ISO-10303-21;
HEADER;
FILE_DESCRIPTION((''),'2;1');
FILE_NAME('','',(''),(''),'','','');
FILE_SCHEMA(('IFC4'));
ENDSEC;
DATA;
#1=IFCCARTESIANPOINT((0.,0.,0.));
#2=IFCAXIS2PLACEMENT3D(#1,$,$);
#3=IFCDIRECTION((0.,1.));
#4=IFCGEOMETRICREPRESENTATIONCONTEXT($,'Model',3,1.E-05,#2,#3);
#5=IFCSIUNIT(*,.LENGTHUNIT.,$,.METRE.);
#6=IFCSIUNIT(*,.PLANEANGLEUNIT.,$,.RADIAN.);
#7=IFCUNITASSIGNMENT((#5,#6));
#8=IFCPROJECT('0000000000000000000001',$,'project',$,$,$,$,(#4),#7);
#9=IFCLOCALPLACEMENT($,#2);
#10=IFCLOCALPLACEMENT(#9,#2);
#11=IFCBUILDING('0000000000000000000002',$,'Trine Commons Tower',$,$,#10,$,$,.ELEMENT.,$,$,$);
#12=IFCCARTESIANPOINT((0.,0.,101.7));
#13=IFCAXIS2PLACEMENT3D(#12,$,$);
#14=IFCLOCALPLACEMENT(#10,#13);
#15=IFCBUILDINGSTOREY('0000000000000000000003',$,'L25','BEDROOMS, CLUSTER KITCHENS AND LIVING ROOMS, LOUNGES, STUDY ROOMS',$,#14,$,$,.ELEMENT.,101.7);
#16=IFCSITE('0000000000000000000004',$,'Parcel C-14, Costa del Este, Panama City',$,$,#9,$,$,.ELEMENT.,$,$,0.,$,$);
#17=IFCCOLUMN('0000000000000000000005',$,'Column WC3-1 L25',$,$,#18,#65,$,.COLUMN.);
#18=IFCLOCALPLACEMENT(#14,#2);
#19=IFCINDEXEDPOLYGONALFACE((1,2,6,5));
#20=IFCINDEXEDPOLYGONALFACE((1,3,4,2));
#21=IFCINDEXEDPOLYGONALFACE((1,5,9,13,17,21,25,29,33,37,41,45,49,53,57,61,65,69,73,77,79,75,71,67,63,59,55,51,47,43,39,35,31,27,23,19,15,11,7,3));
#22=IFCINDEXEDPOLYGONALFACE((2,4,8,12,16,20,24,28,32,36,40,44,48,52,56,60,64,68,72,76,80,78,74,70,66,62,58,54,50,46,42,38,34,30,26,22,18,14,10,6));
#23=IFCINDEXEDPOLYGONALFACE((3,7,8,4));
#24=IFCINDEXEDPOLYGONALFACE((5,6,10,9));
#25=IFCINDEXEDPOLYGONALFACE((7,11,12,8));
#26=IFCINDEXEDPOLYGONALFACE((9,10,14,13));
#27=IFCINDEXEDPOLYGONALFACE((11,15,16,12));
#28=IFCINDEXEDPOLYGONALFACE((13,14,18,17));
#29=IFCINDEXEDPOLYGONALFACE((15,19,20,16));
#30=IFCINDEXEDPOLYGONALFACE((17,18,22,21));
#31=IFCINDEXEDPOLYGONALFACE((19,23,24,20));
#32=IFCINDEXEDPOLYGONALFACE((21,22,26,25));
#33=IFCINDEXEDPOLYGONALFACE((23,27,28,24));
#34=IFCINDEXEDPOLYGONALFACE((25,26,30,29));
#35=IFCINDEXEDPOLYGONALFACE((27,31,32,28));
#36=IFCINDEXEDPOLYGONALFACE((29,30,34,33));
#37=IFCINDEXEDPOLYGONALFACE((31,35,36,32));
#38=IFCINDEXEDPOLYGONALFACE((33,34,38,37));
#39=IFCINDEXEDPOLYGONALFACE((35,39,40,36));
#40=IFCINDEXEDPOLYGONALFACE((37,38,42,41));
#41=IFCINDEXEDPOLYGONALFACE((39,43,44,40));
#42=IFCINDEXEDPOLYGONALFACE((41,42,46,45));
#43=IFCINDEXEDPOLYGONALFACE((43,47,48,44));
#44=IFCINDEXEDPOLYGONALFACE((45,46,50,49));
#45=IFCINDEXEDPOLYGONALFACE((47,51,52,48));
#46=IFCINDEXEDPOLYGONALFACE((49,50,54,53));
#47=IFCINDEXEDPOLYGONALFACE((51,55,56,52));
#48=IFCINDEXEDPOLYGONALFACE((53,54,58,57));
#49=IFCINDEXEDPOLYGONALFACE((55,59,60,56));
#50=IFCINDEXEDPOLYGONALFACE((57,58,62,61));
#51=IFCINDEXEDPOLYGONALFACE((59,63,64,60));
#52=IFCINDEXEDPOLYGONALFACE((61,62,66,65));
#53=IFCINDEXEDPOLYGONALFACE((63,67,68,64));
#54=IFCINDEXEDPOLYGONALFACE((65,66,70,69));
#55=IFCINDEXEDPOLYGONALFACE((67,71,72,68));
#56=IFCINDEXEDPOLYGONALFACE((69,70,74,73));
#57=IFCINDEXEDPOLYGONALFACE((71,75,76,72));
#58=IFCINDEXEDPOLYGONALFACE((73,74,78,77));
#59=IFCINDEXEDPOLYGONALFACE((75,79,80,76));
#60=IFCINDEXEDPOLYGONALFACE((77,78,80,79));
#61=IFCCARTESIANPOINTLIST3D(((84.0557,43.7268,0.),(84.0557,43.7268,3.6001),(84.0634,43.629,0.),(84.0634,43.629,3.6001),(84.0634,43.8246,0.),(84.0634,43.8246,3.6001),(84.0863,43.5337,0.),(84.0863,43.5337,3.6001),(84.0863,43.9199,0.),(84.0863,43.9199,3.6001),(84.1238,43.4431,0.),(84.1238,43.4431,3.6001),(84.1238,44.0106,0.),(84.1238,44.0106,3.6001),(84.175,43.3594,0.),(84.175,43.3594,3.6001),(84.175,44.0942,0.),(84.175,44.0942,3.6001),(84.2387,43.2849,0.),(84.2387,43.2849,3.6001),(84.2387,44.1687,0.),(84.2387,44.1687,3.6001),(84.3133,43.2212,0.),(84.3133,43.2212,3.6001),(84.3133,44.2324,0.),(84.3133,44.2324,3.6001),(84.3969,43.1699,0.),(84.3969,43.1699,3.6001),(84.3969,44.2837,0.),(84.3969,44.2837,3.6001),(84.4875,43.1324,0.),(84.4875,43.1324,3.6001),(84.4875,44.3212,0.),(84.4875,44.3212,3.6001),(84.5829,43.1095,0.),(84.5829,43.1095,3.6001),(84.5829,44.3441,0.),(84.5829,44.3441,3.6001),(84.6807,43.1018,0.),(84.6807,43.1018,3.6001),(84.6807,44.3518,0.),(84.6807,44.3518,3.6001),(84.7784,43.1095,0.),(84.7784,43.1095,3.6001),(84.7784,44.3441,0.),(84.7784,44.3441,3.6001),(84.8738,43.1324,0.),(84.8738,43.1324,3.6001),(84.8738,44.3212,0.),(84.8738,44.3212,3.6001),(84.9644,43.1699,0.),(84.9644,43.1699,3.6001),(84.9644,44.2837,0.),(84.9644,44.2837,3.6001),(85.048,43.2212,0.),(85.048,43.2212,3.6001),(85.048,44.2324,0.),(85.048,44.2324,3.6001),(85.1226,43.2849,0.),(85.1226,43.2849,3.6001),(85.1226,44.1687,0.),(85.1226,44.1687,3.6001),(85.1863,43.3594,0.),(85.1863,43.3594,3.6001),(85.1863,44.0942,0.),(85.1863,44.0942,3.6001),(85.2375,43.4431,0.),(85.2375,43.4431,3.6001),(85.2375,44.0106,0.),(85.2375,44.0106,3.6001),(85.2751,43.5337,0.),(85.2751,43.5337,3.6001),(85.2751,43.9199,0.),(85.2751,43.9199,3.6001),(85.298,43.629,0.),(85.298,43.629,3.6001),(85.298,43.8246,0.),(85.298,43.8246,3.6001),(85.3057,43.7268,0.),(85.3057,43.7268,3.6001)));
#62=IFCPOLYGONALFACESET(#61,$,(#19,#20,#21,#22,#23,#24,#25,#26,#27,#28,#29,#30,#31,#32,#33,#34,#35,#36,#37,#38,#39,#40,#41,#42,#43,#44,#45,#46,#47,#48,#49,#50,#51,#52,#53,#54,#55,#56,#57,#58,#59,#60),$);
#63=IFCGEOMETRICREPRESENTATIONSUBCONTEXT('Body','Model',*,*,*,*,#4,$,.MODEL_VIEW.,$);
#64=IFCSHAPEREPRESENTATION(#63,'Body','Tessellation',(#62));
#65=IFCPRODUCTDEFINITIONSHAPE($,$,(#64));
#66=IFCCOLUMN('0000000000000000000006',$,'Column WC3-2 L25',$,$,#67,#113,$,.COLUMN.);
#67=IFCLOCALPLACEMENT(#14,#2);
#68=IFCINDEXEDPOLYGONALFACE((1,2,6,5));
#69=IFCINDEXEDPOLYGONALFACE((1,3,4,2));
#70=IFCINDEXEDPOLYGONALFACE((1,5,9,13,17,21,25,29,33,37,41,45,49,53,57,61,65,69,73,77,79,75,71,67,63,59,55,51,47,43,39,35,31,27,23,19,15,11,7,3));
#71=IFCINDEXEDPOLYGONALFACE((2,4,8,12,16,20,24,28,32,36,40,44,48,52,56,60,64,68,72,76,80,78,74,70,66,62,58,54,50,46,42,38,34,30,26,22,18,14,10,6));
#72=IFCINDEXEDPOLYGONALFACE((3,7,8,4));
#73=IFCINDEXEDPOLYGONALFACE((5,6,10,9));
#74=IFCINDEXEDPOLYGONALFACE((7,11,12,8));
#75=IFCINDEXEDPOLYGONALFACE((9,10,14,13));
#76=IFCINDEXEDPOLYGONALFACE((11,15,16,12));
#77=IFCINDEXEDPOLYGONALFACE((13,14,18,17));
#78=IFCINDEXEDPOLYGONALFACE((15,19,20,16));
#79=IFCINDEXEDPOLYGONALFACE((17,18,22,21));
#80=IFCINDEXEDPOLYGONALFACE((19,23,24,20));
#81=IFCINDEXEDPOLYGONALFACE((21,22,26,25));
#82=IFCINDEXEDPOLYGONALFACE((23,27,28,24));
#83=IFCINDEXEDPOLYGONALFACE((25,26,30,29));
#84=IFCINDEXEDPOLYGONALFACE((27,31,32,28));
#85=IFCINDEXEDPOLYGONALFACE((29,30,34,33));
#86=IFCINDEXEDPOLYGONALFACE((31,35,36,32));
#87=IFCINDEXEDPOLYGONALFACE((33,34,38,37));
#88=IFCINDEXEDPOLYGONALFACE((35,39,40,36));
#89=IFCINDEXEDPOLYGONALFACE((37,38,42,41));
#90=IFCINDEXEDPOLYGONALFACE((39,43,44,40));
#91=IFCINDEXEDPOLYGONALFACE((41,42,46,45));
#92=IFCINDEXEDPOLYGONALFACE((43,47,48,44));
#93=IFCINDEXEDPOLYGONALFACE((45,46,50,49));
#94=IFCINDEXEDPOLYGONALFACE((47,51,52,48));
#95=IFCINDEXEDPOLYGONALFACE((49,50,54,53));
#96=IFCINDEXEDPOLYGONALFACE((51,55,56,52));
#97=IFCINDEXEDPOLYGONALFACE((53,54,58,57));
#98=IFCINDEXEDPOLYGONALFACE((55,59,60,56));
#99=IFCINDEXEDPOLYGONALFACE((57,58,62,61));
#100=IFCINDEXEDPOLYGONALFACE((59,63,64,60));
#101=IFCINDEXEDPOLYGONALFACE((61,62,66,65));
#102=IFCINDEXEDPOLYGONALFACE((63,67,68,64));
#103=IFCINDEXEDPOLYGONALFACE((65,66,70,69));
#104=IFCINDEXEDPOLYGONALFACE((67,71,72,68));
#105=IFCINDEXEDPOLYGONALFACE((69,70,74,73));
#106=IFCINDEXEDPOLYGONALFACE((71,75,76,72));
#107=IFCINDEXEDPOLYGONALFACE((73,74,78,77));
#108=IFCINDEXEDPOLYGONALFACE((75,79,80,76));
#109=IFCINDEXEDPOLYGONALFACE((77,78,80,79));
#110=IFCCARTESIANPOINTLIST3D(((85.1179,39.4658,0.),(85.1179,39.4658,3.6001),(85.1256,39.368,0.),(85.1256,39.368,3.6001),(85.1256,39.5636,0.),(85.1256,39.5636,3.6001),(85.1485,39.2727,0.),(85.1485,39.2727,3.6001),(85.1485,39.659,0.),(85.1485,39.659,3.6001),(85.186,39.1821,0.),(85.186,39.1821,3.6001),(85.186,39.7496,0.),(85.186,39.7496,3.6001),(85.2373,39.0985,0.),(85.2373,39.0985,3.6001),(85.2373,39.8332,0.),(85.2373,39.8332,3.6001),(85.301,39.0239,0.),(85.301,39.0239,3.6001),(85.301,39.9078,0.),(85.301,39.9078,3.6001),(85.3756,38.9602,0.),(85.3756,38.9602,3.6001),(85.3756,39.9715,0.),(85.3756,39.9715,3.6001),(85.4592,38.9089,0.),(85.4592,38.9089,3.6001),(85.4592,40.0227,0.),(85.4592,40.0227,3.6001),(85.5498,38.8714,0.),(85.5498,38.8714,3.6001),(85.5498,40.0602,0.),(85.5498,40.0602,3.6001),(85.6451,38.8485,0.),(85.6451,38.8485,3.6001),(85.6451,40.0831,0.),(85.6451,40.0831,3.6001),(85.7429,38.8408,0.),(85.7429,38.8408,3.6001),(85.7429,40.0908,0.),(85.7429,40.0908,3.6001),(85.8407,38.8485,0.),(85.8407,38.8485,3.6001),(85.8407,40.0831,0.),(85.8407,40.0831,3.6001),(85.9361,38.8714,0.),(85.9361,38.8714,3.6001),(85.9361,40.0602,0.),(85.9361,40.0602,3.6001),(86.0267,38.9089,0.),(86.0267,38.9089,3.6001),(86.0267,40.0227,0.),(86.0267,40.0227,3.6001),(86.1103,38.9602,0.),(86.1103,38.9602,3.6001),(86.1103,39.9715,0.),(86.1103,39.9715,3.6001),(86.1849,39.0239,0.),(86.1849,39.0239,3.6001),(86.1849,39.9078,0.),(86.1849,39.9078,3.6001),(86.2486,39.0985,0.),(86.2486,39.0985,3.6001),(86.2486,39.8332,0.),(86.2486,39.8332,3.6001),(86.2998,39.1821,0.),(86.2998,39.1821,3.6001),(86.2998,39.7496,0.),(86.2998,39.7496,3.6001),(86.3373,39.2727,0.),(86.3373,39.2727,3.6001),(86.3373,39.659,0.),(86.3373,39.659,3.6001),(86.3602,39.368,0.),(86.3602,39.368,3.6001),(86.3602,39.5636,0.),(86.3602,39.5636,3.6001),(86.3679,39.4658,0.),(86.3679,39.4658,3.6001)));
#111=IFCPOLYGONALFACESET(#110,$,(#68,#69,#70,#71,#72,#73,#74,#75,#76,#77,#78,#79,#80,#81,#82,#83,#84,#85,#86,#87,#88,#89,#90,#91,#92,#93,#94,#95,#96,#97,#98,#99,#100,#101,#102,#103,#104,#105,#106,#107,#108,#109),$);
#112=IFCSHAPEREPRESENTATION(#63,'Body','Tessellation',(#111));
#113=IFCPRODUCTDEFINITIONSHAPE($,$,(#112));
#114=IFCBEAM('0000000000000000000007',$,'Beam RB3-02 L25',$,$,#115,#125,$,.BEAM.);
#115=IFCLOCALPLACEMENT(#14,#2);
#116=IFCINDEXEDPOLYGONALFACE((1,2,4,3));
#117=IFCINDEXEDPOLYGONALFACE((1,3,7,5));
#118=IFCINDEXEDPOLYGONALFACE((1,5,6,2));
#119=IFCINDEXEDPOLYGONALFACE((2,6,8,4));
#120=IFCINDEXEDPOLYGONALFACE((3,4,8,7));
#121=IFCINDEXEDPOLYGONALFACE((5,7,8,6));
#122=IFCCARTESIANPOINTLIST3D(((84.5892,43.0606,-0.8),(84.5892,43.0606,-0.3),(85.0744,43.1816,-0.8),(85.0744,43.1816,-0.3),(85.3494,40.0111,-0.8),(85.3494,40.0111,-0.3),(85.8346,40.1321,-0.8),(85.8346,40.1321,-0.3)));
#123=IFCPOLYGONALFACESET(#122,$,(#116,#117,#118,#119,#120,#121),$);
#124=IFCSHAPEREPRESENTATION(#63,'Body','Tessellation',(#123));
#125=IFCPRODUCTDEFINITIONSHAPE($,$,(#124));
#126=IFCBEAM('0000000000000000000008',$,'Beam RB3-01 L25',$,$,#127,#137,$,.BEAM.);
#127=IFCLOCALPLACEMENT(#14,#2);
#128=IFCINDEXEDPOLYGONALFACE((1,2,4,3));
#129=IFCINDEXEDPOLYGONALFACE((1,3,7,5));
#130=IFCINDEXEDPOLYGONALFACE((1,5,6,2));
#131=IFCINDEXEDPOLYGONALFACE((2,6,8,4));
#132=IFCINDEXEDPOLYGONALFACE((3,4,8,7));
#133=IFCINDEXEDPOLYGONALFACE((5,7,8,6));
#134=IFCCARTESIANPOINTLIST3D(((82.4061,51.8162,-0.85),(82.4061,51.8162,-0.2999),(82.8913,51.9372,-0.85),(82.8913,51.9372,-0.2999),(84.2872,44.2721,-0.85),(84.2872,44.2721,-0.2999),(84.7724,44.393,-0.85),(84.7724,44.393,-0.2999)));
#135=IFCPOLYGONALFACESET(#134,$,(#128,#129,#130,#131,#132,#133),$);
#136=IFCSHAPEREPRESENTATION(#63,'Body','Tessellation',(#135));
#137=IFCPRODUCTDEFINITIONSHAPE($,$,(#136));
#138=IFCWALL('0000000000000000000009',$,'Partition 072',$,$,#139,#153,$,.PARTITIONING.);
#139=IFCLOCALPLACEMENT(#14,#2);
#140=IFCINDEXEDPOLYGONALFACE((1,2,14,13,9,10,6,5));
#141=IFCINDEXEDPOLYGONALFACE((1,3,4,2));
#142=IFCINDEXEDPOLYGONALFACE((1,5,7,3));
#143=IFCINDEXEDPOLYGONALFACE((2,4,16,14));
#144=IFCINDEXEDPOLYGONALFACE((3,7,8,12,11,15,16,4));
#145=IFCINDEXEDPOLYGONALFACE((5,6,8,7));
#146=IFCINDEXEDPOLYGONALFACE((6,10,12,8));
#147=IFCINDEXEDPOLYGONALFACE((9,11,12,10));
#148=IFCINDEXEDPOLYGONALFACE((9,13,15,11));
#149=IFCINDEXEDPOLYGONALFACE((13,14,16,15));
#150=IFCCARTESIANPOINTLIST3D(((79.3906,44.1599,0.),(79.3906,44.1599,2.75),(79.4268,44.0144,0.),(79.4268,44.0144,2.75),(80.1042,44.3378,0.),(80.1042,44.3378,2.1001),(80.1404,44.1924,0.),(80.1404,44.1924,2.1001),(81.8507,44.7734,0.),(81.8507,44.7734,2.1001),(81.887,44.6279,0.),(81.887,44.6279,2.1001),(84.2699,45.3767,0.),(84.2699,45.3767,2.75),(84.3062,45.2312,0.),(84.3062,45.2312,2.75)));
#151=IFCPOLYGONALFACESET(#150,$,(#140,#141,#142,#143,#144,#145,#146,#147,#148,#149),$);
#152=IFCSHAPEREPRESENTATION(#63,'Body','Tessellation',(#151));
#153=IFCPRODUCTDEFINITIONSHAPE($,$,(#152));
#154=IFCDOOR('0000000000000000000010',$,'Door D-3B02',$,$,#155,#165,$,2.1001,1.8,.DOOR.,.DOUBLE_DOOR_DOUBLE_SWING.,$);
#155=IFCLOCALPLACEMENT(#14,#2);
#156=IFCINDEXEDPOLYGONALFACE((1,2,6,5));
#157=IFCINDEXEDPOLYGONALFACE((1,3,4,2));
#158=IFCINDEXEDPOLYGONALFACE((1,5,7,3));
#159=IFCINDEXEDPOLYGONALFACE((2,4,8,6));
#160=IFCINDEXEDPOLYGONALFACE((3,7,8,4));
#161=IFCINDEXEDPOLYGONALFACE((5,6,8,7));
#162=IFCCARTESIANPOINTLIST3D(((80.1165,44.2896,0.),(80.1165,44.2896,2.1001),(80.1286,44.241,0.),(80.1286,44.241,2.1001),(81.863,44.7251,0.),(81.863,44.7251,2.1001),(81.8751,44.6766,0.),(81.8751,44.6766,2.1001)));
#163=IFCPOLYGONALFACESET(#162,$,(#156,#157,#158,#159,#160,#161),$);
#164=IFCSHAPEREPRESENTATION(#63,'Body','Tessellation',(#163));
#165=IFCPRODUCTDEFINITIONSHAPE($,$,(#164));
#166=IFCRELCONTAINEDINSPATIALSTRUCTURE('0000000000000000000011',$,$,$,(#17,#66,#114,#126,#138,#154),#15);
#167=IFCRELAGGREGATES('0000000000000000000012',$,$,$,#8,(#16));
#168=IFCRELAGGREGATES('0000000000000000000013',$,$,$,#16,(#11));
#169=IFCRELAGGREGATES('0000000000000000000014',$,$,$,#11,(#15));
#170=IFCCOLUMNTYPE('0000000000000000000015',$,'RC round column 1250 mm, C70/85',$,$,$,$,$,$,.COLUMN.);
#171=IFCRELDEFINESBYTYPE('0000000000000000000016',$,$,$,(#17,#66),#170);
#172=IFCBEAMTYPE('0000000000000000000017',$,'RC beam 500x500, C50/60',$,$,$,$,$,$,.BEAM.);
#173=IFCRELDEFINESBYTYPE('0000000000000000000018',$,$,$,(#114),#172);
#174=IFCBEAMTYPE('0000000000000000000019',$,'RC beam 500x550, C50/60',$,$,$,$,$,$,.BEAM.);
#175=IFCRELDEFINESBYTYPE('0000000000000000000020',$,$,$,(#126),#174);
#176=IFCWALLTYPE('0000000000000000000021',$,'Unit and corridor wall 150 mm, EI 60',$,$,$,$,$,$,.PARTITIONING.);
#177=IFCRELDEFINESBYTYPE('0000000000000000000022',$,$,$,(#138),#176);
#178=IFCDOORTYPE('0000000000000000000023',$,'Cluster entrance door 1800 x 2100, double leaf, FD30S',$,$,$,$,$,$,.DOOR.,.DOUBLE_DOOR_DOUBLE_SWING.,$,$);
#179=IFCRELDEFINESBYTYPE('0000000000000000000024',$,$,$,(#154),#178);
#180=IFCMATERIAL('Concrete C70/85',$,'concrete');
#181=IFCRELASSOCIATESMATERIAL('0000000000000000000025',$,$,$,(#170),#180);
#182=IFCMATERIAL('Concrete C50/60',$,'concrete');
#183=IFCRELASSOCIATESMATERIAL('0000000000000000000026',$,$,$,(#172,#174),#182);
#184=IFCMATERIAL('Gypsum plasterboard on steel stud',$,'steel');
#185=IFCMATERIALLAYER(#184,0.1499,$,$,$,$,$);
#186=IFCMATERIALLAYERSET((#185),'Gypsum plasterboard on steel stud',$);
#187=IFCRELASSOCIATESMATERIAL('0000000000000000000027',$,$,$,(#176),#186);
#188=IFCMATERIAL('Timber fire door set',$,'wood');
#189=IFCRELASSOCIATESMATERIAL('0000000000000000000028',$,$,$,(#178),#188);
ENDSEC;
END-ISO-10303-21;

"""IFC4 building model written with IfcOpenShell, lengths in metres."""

from ifc_helpers import new_model, si_unit, direction, frame, frame_2d, origin, origin_2d, place, context, subcontext, project, spatial, rectangle, circle, extrude, material, layer, layer_set, material_profile, profile_set, type_object, element, fill, save


model = new_model("IFC4")

# Units and contexts
model_context = context("Model", 3, precision=1e-05, world=origin(), true_north=direction((0.0, 1.0)))
body_context = subcontext(model_context, "Body", "Model", "MODEL_VIEW")
ifc_project = project(units=[si_unit("LENGTHUNIT", "METRE"), si_unit("PLANEANGLEUNIT", "RADIAN")], contexts=[model_context])

# Site, building, storey
site_placement = place(None, origin())
site = spatial("IfcSite", under=ifc_project, at=site_placement, Name="Parcel C-14, Costa del Este, Panama City", CompositionType="ELEMENT", RefElevation=0.0)
building_placement = place(site_placement, origin())
building = spatial("IfcBuilding", under=site, at=building_placement, Name="Trine Commons Tower", CompositionType="ELEMENT")
storey_placement = place(building_placement, frame((0.0, 0.0, 101.7)))
storey = spatial("IfcBuildingStorey", under=building, at=storey_placement, Name="L25", Description="BEDROOMS, CLUSTER KITCHENS AND LIVING ROOMS, LOUNGES, STUDY ROOMS", CompositionType="ELEMENT", Elevation=101.7)

# Columns
ifc_material_1 = material(Name="Concrete C70/85", Category="concrete")
ifc_material_profile_1 = material_profile(ifc_material_1, circle(Radius=0.625, at=origin_2d()), Name="RC round 1250")
ifc_profile_set_1 = profile_set([ifc_material_profile_1], Name="Concrete C70/85")
column_type = type_object("IfcColumnType", Name="RC round column 1250 mm, C70/85", PredefinedType="COLUMN", material=ifc_profile_set_1)
for number, where, z_axis, x_axis, name in (
    (1, (84.6807, 43.7268, 0.0), (0.0, 0.0, 1.0), (1.0, 0.0, 0.0), "Column WC3-1 L25"),
    (2, (85.7429, 39.4658, 0.0), (0.0, 0.0, 1.0), (1.0, 0.0, 0.0), "Column WC3-2 L25"),
):
    element("IfcColumn", number, at=place(storey_placement, frame(where, z_axis=z_axis, x_axis=x_axis)), inside=storey, type_object=column_type, Name=name, PredefinedType="COLUMN", context=body_context, shape_type="SweptSolid", body=[
        extrude(circle(Radius=0.625, at=origin_2d()), origin(), (0.0, 0.0, 1.0), 3.6001),
    ])

# Beams
ifc_material_2 = material(Name="Concrete C50/60", Category="concrete")
ifc_material_profile_2 = material_profile(ifc_material_2, rectangle(XDim=0.5, YDim=0.5, at=origin_2d()), Name="RC 500x500")
ifc_profile_set_2 = profile_set([ifc_material_profile_2], Name="Concrete C50/60")
beam_type_1 = type_object("IfcBeamType", Name="RC beam 500x500, C50/60", PredefinedType="BEAM", material=ifc_profile_set_2)
beam_1_placement = place(storey_placement, frame((84.8318, 43.1211, -0.55), z_axis=(0.241896, -0.970302, 0.0), x_axis=(0.970302, 0.241896, 0.0)))
element("IfcBeam", 3, at=beam_1_placement, inside=storey, type_object=beam_type_1, Name="Beam RB3-02 L25", PredefinedType="BEAM", context=body_context, shape_type="SweptSolid", body=[
    extrude(rectangle(XDim=0.5, YDim=0.5, at=origin_2d()), origin(), (0.0, 0.0, 1.0), 3.1428),
])
ifc_material_profile_3 = material_profile(ifc_material_2, rectangle(XDim=0.5, YDim=0.55, at=origin_2d()), Name="RC 500x550")
ifc_profile_set_3 = profile_set([ifc_material_profile_3], Name="Concrete C50/60")
beam_type_2 = type_object("IfcBeamType", Name="RC beam 500x550, C50/60", PredefinedType="BEAM", material=ifc_profile_set_3)
beam_2_placement = place(storey_placement, frame((82.6487, 51.8767, -0.575), z_axis=(0.241937, -0.970292, 0.0), x_axis=(0.970292, 0.241937, 0.0)))
element("IfcBeam", 4, at=beam_2_placement, inside=storey, type_object=beam_type_2, Name="Beam RB3-01 L25", PredefinedType="BEAM", context=body_context, shape_type="SweptSolid", body=[
    extrude(rectangle(XDim=0.5, YDim=0.55, at=origin_2d()), origin(), (0.0, 0.0, 1.0), 7.7751),
])

# Wall, opening, door
ifc_material_3 = material(Name="Gypsum plasterboard on steel stud", Category="steel")
ifc_layer = layer(ifc_material_3, 0.1499)
ifc_layer_set = layer_set([ifc_layer], Name="Gypsum plasterboard on steel stud")
wall_type = type_object("IfcWallType", Name="Unit and corridor wall 150 mm, EI 60", PredefinedType="PARTITIONING", material=ifc_layer_set)
wall_1_placement = place(storey_placement, frame((79.4087, 44.0872, 0.0), z_axis=(0.0, 0.0, 1.0), x_axis=(0.970285, 0.241964, 0.0)))
wall_1 = element("IfcWall", 5, at=wall_1_placement, inside=storey, type_object=wall_type, Name="Partition 072", PredefinedType="PARTITIONING", context=body_context, shape_type="SweptSolid", body=[
    extrude(rectangle(XDim=5.0288, YDim=0.1499, at=frame_2d((2.5144, 0.0))), origin(), (0.0, 0.0, 1.0), 2.75),
])
opening_1_placement = place(wall_1_placement, frame((0.7356, 0.0, 0.0)))
opening_1 = element("IfcOpeningElement", 6, at=opening_1_placement, cuts=wall_1, PredefinedType="OPENING", context=body_context, shape_type="SweptSolid", body=[
    extrude(rectangle(XDim=1.8, YDim=2.1001, at=frame_2d((0.8999, 1.05))), frame((0.0, 0.085, 0.0), z_axis=(0.0, -1.0, 0.0), x_axis=(1.0, 0.0, 0.0)), (0.0, 0.0, 1.0), 0.1699),
])
ifc_material_4 = material(Name="Timber fire door set", Category="wood")
door_type_1 = type_object("IfcDoorType", Name="Cluster entrance door 1800 x 2100, double leaf, FD30S", OperationType="DOUBLE_DOOR_DOUBLE_SWING", PredefinedType="DOOR", material=ifc_material_4)
door_1_placement = place(opening_1_placement, frame((1.8, 0.0, 0.0), z_axis=(0.0, 0.0, 1.0), x_axis=(-1.0, 0.0, 0.0)))
door_1 = element("IfcDoor", 7, at=door_1_placement, inside=storey, type_object=door_type_1, Name="Door D-3B02", OperationType="DOUBLE_DOOR_DOUBLE_SWING", OverallHeight=2.1001, OverallWidth=1.8, PredefinedType="DOOR", context=body_context, shape_type="SweptSolid", body=[
    extrude(rectangle(XDim=1.8, YDim=2.1001, at=frame_2d((0.8999, 1.05))), frame((0.0, 0.0249, 0.0), z_axis=(0.0, -1.0, 0.0), x_axis=(1.0, 0.0, 0.0)), (0.0, 0.0, 1.0), 0.05),
])
fill(opening_1, door_1)

save(model, "model.ifc")
